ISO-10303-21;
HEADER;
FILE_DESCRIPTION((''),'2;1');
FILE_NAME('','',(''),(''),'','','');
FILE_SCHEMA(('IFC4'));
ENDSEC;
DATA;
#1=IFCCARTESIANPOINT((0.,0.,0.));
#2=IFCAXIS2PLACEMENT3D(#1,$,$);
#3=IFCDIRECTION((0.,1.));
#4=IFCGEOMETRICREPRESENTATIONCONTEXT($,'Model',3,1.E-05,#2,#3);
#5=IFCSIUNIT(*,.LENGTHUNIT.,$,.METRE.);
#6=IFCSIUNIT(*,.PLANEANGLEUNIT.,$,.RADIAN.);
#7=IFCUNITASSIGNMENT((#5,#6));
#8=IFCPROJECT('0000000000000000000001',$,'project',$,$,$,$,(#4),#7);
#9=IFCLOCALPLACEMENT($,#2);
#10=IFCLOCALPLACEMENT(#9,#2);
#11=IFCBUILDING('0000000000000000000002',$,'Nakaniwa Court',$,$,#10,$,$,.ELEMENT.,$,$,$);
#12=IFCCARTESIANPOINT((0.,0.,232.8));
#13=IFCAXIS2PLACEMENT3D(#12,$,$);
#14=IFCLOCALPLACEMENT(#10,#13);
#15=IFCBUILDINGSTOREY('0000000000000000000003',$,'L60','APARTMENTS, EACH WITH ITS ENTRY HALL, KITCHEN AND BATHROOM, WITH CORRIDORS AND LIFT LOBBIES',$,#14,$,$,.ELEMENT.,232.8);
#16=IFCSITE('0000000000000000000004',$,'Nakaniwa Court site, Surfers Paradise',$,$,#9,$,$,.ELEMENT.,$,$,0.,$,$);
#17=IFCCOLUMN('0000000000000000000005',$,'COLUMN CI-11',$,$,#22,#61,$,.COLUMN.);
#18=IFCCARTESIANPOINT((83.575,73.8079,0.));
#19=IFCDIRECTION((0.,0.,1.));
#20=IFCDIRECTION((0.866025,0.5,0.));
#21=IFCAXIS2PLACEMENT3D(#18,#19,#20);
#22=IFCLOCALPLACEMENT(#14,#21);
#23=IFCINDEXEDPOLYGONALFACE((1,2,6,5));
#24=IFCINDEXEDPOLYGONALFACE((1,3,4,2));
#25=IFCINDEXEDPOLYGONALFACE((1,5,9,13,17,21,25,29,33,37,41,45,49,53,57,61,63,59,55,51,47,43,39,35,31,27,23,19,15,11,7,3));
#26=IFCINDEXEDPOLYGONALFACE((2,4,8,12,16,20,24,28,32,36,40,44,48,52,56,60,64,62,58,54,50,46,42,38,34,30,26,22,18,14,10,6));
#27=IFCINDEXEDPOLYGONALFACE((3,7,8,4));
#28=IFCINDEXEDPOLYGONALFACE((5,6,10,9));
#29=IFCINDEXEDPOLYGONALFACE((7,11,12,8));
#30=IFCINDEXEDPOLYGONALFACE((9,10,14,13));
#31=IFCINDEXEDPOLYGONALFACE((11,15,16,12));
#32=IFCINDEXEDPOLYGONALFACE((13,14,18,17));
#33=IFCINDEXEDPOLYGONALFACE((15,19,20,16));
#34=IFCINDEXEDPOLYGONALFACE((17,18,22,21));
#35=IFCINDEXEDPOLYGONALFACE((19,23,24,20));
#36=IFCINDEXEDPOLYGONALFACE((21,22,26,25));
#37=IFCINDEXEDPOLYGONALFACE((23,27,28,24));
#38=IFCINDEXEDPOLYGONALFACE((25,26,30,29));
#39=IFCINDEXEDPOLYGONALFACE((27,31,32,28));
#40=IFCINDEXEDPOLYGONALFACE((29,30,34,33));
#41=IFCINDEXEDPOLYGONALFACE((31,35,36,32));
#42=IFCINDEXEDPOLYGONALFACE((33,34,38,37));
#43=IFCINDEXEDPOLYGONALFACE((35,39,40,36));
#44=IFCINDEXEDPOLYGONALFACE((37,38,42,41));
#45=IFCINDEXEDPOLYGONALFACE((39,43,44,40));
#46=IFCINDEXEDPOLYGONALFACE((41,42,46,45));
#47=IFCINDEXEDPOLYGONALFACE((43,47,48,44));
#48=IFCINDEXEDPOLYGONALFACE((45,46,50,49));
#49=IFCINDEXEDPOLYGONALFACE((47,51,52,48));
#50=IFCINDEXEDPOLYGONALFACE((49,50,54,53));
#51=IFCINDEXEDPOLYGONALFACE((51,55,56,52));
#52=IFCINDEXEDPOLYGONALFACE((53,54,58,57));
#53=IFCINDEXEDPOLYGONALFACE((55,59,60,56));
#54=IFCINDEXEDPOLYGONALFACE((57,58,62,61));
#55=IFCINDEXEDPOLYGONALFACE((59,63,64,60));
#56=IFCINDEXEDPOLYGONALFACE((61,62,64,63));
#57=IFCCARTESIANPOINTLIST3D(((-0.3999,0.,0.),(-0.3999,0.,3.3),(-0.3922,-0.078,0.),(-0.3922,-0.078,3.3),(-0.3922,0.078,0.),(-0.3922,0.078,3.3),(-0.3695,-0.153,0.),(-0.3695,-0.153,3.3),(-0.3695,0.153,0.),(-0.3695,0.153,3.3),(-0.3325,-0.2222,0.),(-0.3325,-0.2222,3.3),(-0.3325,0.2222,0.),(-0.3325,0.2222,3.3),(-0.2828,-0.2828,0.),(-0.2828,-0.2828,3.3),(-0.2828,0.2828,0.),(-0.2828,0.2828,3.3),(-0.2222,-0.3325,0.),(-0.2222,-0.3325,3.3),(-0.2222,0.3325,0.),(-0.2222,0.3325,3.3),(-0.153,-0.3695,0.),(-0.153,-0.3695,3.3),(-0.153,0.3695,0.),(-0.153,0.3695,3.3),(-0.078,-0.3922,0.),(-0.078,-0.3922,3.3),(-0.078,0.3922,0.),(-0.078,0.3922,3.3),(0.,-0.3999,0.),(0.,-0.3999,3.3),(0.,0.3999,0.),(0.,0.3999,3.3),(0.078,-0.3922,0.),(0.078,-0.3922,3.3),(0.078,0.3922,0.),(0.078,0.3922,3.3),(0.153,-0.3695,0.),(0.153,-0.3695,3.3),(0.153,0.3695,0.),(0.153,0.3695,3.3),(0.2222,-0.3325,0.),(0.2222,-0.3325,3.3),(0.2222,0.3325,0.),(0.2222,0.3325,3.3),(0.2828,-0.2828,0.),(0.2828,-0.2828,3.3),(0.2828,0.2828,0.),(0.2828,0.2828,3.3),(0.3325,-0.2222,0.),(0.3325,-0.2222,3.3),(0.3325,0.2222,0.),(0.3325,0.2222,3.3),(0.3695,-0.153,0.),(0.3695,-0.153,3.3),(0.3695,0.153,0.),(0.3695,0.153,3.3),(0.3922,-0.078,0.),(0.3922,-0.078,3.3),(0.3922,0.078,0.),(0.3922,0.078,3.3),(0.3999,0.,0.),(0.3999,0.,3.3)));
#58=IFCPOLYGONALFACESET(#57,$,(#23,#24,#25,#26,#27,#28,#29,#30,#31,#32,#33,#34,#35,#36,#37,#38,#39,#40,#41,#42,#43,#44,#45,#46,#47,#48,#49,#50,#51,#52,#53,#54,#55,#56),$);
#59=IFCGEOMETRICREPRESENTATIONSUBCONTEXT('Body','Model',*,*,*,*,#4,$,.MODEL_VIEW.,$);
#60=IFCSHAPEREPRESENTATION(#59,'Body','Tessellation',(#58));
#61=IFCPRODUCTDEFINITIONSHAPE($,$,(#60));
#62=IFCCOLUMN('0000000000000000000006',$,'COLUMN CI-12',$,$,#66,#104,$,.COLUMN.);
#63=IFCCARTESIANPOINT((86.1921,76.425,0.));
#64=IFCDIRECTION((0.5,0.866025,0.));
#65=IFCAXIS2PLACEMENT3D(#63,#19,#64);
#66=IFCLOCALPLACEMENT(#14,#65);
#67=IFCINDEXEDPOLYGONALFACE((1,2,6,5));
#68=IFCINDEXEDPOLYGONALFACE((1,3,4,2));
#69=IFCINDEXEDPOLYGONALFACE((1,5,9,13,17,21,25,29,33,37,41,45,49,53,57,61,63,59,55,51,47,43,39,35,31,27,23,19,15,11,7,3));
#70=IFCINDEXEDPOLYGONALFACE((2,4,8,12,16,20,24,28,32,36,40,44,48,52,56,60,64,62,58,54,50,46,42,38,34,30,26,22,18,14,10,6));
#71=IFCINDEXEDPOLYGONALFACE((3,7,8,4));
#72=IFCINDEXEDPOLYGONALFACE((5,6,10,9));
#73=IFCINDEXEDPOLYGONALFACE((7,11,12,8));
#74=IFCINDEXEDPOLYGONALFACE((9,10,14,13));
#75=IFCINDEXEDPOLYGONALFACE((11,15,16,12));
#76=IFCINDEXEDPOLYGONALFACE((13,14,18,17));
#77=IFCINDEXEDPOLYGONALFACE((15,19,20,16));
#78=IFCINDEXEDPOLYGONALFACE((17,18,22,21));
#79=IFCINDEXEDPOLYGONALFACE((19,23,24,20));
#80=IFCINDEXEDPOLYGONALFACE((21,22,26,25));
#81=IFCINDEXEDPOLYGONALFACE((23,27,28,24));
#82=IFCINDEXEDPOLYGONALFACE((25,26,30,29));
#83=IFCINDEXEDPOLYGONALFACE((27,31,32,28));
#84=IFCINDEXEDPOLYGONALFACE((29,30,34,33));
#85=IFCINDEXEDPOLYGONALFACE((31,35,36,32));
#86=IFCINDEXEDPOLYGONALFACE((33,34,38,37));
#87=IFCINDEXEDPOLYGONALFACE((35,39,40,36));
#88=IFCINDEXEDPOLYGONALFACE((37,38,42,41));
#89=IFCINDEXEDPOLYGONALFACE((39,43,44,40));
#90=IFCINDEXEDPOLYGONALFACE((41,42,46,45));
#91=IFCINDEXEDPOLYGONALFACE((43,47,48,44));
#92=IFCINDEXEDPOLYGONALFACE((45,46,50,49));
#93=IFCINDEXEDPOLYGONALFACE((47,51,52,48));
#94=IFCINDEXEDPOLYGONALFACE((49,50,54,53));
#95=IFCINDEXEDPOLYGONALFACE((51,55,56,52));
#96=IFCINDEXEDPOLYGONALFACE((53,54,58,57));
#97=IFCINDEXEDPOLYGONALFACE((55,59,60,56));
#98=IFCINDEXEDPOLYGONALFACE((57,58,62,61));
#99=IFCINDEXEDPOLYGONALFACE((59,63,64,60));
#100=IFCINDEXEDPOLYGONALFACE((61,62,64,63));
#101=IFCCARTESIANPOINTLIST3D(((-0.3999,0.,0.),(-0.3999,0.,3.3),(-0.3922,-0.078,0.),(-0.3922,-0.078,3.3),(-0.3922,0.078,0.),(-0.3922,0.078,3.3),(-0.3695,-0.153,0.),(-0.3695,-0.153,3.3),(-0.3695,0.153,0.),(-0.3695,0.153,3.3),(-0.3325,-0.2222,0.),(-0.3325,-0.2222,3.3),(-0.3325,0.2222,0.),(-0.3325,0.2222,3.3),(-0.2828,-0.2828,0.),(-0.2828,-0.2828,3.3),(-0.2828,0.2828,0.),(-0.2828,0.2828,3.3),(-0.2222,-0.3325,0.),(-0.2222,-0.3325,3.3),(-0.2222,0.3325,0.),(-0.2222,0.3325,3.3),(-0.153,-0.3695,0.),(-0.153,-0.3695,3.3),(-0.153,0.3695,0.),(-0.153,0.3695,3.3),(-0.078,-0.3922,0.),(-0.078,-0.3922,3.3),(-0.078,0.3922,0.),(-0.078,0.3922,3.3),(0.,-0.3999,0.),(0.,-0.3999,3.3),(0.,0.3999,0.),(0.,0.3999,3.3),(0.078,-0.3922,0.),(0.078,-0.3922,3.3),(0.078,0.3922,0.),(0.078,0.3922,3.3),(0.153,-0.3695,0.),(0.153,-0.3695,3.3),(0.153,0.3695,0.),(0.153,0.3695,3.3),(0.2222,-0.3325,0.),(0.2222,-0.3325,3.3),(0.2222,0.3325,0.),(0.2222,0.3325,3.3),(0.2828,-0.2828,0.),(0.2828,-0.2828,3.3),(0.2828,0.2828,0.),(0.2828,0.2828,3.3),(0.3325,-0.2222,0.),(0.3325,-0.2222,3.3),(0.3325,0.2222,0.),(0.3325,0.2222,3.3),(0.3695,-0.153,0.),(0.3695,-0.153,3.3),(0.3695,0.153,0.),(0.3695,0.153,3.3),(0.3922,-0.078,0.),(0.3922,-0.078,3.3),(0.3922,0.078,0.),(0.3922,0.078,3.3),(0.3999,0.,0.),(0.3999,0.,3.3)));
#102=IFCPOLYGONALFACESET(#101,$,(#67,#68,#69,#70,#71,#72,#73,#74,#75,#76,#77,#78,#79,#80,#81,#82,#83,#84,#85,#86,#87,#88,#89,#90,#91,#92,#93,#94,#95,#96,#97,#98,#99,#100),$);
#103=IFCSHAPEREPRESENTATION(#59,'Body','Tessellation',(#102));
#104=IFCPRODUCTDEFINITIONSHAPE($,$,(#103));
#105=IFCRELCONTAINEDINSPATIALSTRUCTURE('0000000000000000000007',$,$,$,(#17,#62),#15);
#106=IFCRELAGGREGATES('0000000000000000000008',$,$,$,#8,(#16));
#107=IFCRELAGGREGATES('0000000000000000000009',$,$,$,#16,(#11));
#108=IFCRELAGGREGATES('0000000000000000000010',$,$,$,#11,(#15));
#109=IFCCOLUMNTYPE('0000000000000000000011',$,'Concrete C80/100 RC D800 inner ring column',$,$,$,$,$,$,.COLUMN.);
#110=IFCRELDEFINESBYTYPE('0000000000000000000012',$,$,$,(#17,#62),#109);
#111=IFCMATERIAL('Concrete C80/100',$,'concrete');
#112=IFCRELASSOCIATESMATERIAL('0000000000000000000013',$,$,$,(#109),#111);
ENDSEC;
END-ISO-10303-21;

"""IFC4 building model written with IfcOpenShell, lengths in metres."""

from ifc_helpers import new_model, si_unit, direction, frame, origin, origin_2d, place, context, subcontext, project, spatial, circle, extrude, material, material_profile, profile_set, type_object, element, save


model = new_model("IFC4")

# Units and contexts
model_context = context("Model", 3, precision=1e-05, world=origin(), true_north=direction((0.0, 1.0)))
body_context = subcontext(model_context, "Body", "Model", "MODEL_VIEW")
ifc_project = project(units=[si_unit("LENGTHUNIT", "METRE"), si_unit("PLANEANGLEUNIT", "RADIAN")], contexts=[model_context])

# Site, building, storey
site_placement = place(None, origin())
site = spatial("IfcSite", under=ifc_project, at=site_placement, Name="Nakaniwa Court site, Surfers Paradise", CompositionType="ELEMENT", RefElevation=0.0)
building_placement = place(site_placement, origin())
building = spatial("IfcBuilding", under=site, at=building_placement, Name="Nakaniwa Court", CompositionType="ELEMENT")
storey_placement = place(building_placement, frame((0.0, 0.0, 232.8)))
storey = spatial("IfcBuildingStorey", under=building, at=storey_placement, Name="L60", Description="APARTMENTS, EACH WITH ITS ENTRY HALL, KITCHEN AND BATHROOM, WITH CORRIDORS AND LIFT LOBBIES", CompositionType="ELEMENT", Elevation=232.8)

# Columns
ifc_material_1 = material(Name="Concrete C80/100", Category="concrete")
ifc_material_profile_1 = material_profile(ifc_material_1, circle(Radius=0.3999, at=origin_2d()), Name="Concrete C80/100 RC D800 inner ring column")
ifc_profile_set_1 = profile_set([ifc_material_profile_1], Name="Concrete C80/100")
column_type = type_object("IfcColumnType", Name="Concrete C80/100 RC D800 inner ring column", PredefinedType="COLUMN", material=ifc_profile_set_1)
for number, where, z_axis, x_axis, name in (
    (1, (83.575, 73.8079, 0.0), (0.0, 0.0, 1.0), (0.866025, 0.5, 0.0), "COLUMN CI-11"),
    (2, (86.1921, 76.425, 0.0), (0.0, 0.0, 1.0), (0.5, 0.866025, 0.0), "COLUMN CI-12"),
):
    element("IfcColumn", number, at=place(storey_placement, frame(where, z_axis=z_axis, x_axis=x_axis)), inside=storey, type_object=column_type, Name=name, PredefinedType="COLUMN", context=body_context, shape_type="SweptSolid", body=[
        extrude(circle(Radius=0.3999, at=origin_2d()), origin(), (0.0, 0.0, 1.0), 3.3),
    ])

save(model, "model.ifc")
